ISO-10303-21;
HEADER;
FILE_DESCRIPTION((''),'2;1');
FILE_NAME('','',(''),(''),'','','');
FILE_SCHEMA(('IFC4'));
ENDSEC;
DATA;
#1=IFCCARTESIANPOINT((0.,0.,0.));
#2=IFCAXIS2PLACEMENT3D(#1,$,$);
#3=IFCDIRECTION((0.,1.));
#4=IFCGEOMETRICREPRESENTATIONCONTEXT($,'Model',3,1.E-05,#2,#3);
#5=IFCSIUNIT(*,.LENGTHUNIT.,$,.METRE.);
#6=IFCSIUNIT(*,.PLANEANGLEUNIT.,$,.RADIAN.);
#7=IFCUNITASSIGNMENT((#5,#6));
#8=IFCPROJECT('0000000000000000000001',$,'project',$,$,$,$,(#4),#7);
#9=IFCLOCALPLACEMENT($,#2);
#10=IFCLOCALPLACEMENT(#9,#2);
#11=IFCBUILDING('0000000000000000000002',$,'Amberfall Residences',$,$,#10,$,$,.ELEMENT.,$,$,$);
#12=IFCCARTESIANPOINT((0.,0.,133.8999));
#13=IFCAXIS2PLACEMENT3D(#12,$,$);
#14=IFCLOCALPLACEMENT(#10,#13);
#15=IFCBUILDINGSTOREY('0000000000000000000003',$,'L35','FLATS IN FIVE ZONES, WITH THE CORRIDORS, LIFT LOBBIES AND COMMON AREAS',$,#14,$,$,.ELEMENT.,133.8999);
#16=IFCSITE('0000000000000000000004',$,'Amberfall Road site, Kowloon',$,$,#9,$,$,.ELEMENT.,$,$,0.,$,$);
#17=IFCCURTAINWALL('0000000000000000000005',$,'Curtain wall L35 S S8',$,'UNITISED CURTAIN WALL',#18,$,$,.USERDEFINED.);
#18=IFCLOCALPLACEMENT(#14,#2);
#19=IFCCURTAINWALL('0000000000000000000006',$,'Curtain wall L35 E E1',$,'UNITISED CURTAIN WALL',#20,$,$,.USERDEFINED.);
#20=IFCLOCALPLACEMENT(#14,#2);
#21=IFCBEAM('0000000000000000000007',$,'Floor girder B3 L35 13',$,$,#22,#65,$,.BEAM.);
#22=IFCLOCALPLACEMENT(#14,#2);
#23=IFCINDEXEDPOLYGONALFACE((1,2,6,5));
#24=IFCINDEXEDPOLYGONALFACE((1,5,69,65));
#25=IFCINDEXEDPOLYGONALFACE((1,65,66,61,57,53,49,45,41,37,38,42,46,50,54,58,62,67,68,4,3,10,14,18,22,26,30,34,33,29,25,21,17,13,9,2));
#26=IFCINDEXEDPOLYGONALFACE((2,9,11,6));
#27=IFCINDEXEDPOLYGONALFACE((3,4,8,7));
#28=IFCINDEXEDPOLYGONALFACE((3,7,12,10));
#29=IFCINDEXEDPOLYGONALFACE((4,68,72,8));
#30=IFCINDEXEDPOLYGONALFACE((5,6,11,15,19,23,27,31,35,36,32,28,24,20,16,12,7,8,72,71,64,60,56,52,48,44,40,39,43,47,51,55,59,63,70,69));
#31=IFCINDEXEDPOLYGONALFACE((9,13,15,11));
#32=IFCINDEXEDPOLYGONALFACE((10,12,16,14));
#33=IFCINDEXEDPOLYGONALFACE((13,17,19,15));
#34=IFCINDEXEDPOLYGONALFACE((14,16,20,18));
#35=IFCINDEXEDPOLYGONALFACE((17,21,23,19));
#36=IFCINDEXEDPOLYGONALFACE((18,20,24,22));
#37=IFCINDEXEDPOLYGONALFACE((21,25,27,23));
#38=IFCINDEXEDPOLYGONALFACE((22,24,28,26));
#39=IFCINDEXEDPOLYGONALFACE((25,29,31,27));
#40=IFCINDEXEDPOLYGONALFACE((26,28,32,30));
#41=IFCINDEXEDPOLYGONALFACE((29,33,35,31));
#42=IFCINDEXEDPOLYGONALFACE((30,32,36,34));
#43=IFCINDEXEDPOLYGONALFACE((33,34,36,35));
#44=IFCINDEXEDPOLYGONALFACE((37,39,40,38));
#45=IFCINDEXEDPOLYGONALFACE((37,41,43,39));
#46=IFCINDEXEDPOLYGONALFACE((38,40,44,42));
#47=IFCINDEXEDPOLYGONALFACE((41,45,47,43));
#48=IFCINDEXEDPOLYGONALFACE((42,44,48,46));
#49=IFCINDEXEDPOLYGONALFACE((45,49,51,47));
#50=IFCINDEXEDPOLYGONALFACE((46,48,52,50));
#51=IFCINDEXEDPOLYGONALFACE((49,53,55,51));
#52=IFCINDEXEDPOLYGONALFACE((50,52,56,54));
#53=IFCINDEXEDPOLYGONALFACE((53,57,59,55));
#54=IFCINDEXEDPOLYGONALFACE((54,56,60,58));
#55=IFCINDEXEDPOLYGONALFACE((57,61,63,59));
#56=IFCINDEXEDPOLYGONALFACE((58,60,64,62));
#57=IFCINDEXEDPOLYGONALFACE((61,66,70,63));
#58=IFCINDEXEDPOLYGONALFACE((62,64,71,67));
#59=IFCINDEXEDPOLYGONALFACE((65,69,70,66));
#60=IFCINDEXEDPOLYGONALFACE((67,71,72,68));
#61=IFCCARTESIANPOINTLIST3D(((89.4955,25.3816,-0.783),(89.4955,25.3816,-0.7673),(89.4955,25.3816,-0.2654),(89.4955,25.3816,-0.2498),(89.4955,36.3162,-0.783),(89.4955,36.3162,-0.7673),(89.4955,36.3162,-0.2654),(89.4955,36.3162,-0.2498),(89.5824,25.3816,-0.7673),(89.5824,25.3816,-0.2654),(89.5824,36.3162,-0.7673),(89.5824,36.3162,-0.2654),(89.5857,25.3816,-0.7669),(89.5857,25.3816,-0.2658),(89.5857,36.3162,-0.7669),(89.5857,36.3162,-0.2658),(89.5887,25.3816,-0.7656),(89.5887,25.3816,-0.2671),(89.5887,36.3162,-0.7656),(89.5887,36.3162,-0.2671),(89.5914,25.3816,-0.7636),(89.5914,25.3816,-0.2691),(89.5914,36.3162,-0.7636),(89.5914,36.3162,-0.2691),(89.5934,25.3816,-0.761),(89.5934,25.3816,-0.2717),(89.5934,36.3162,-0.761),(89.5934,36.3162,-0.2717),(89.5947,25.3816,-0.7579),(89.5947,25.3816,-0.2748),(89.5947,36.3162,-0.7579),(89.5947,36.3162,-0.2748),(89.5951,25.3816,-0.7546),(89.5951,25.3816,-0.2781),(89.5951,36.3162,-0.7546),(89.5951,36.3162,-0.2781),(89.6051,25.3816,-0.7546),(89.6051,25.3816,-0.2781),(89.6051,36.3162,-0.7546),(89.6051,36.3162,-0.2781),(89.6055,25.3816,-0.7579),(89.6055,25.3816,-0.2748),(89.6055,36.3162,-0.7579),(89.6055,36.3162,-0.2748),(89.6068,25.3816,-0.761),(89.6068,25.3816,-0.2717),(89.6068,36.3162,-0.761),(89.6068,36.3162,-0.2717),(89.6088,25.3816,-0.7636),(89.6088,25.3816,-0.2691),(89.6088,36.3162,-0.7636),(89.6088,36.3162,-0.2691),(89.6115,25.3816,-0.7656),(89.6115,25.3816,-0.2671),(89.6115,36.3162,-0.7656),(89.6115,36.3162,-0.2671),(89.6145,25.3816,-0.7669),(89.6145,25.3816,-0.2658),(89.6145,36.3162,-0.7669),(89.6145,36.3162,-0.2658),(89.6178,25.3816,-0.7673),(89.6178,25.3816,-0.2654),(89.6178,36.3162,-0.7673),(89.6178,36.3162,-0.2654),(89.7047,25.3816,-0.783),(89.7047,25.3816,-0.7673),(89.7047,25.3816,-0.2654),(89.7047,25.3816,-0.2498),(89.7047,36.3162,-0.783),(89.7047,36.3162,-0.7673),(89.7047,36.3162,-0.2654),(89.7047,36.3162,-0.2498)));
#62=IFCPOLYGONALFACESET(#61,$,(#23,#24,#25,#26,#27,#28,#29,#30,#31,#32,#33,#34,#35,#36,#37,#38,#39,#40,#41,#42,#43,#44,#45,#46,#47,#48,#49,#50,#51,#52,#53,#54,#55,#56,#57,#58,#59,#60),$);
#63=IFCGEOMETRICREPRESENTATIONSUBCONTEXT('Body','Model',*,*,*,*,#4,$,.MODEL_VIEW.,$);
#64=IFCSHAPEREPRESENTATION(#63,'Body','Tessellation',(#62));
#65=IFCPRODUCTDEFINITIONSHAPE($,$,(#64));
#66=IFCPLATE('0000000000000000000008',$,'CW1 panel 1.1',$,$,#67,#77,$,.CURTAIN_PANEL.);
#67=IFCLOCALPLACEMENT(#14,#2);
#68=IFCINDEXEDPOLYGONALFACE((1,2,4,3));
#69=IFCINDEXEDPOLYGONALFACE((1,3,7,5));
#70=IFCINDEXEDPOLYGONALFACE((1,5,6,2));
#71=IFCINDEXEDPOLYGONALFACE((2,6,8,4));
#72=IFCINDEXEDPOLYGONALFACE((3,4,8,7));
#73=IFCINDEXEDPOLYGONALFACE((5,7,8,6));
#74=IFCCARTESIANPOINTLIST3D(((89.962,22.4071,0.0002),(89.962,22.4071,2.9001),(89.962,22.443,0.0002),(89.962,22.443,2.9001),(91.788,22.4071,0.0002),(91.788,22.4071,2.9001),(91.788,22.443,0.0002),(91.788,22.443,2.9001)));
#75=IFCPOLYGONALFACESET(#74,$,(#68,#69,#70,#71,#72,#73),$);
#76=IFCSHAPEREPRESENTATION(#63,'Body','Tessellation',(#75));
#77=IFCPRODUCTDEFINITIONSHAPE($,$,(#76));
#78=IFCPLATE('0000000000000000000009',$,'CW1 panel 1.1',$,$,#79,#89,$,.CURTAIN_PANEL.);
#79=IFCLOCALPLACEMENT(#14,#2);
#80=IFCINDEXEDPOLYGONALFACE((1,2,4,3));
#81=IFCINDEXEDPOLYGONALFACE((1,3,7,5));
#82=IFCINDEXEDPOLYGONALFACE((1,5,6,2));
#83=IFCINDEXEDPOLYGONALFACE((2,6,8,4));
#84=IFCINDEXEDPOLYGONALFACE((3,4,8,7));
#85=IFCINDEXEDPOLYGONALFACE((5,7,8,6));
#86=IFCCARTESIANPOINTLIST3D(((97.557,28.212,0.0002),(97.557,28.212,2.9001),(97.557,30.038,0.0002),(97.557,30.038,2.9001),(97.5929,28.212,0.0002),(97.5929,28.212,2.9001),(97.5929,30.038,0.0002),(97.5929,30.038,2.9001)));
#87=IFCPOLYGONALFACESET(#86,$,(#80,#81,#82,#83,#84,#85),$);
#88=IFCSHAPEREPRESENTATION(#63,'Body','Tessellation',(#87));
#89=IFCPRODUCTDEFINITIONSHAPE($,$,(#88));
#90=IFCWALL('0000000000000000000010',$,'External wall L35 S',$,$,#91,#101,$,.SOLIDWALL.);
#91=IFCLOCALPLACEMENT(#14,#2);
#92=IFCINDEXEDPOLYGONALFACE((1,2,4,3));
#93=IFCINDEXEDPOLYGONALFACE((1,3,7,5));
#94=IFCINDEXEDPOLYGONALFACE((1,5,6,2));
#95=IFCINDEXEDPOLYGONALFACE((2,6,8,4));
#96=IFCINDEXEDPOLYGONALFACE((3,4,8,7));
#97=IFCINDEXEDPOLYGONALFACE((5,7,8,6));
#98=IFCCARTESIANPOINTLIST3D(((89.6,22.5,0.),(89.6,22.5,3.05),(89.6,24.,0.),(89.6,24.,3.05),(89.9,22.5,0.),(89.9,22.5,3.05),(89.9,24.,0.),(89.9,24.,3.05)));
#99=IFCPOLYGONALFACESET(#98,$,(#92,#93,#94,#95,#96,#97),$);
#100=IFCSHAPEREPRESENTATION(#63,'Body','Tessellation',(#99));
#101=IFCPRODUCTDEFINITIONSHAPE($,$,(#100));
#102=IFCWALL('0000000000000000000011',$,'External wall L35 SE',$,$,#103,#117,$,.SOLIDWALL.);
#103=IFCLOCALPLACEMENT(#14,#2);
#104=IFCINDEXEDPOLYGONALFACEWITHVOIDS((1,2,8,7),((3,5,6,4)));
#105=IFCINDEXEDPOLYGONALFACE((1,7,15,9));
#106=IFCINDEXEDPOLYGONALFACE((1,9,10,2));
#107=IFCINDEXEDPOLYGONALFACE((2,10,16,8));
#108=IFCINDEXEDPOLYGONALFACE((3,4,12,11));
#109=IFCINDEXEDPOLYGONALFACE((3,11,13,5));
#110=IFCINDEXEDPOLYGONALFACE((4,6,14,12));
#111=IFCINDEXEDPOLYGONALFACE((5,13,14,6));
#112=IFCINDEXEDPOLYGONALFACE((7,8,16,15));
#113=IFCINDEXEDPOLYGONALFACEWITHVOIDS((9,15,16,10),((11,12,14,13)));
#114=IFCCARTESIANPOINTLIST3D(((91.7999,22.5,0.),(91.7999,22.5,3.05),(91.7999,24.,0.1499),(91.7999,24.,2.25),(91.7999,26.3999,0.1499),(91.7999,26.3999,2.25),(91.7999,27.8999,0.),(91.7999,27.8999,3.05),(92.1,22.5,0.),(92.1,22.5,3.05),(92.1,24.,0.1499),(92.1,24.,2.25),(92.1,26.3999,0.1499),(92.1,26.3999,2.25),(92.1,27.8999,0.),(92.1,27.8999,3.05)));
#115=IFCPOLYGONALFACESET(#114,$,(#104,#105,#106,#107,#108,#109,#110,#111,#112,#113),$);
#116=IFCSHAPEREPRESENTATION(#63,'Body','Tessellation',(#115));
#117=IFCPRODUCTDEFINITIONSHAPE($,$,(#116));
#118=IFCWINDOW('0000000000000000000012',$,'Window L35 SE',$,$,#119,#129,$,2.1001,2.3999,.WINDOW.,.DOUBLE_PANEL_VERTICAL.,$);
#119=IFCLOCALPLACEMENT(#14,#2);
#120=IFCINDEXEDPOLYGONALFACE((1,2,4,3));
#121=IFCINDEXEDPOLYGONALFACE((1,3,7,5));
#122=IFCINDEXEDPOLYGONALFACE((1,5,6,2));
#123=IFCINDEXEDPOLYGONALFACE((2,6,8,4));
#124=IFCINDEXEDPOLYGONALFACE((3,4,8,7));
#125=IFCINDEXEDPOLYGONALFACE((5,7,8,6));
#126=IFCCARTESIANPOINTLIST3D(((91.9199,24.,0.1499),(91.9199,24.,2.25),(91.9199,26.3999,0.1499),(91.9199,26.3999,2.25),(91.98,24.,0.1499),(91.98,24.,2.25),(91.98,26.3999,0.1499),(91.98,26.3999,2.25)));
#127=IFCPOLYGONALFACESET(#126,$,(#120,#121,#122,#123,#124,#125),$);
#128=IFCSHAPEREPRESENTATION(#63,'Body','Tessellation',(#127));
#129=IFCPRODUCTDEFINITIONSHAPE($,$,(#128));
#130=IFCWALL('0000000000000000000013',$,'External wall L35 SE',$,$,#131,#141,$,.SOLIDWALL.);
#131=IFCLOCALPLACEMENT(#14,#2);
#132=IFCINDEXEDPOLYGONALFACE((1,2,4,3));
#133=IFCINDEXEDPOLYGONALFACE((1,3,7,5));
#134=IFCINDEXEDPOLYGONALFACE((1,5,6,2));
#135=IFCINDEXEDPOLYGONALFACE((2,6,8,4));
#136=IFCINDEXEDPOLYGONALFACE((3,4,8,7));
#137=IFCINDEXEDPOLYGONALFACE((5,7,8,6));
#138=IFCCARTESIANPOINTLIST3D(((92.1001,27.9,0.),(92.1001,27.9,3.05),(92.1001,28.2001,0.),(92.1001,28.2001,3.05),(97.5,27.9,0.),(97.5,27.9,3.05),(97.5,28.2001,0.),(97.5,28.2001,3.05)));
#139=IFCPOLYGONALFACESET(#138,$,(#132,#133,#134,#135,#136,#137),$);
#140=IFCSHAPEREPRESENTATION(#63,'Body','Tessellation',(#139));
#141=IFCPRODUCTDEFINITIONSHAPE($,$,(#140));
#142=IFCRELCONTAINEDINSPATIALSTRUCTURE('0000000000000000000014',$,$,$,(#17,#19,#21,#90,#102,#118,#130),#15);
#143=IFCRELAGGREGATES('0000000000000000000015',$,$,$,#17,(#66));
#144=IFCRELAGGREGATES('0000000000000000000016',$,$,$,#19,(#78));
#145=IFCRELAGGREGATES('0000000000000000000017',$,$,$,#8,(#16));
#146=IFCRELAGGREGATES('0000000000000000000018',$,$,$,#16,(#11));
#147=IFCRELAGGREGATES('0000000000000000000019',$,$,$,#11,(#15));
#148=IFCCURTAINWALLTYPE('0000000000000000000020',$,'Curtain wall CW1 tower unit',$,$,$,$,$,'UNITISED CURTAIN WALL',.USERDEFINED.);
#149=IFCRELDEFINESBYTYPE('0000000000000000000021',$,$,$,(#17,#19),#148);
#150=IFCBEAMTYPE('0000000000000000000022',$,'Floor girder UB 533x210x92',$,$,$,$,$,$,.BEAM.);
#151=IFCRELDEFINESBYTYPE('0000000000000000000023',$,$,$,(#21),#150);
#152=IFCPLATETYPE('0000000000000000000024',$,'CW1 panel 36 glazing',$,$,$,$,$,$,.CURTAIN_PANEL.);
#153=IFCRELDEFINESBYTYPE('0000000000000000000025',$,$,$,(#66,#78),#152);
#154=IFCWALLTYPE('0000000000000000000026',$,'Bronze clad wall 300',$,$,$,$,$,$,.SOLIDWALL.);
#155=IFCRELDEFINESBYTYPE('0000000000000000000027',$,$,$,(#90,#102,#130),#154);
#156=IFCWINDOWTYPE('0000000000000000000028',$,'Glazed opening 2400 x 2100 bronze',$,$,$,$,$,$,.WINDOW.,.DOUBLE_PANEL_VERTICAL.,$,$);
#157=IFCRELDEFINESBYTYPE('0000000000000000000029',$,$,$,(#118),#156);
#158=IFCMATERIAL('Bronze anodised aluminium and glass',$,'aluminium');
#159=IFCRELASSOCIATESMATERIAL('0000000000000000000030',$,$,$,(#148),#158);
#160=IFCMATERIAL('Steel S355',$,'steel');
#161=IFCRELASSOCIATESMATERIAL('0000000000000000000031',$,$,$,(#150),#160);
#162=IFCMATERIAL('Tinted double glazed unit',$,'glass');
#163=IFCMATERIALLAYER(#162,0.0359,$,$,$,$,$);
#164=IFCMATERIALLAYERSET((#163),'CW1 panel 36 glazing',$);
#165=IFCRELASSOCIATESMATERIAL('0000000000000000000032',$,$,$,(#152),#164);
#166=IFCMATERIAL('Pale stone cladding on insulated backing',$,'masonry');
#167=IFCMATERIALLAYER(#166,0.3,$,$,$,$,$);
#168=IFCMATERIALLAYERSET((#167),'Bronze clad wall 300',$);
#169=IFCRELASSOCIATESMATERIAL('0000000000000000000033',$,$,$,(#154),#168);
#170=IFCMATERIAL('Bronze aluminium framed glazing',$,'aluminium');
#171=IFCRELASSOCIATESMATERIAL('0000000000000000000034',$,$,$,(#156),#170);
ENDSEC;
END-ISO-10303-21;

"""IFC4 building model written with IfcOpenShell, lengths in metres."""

from ifc_helpers import new_model, si_unit, direction, frame, frame_2d, origin, origin_2d, place, context, subcontext, project, spatial, rectangle, i_section, extrude, material, layer, layer_set, material_profile, profile_set, type_object, element, fill, aggregate, save


model = new_model("IFC4")

# Units and contexts
model_context = context("Model", 3, precision=1e-05, world=origin(), true_north=direction((0.0, 1.0)))
body_context = subcontext(model_context, "Body", "Model", "MODEL_VIEW")
ifc_project = project(units=[si_unit("LENGTHUNIT", "METRE"), si_unit("PLANEANGLEUNIT", "RADIAN")], contexts=[model_context])

# Site, building, storey
site_placement = place(None, origin())
site = spatial("IfcSite", under=ifc_project, at=site_placement, Name="Amberfall Road site, Kowloon", CompositionType="ELEMENT", RefElevation=0.0)
building_placement = place(site_placement, origin())
building = spatial("IfcBuilding", under=site, at=building_placement, Name="Amberfall Residences", CompositionType="ELEMENT")
storey_placement = place(building_placement, frame((0.0, 0.0, 133.8999)))
storey = spatial("IfcBuildingStorey", under=building, at=storey_placement, Name="L35", Description="FLATS IN FIVE ZONES, WITH THE CORRIDORS, LIFT LOBBIES AND COMMON AREAS", CompositionType="ELEMENT", Elevation=133.8999)

# Shared definitions
ifc_material_1 = material(Name="Steel S355", Category="steel")

# Curtain walls
ifc_material_2 = material(Name="Bronze anodised aluminium and glass", Category="aluminium")
curtain_wall_type = type_object("IfcCurtainWallType", Name="Curtain wall CW1 tower unit", ElementType="UNITISED CURTAIN WALL", PredefinedType="USERDEFINED", material=ifc_material_2)
curtain_wall_1_placement = place(storey_placement, origin())
curtain_wall_1 = element("IfcCurtainWall", 1, at=curtain_wall_1_placement, inside=storey, type_object=curtain_wall_type, Name="Curtain wall L35 S S8", ObjectType="UNITISED CURTAIN WALL", PredefinedType="USERDEFINED")
curtain_wall_2_placement = place(storey_placement, origin())
curtain_wall_2 = element("IfcCurtainWall", 2, at=curtain_wall_2_placement, inside=storey, type_object=curtain_wall_type, Name="Curtain wall L35 E E1", ObjectType="UNITISED CURTAIN WALL", PredefinedType="USERDEFINED")

# Beam
ifc_material_profile_1 = material_profile(ifc_material_1, i_section(OverallWidth=0.2092, OverallDepth=0.5332, WebThickness=0.01, FlangeThickness=0.0156, FilletRadius=0.0127, at=origin_2d()), Name="UB 533x210x92")
ifc_profile_set_1 = profile_set([ifc_material_profile_1], Name="Steel S355")
beam_type_1 = type_object("IfcBeamType", Name="Floor girder UB 533x210x92", PredefinedType="BEAM", material=ifc_profile_set_1)
beam_1_placement = place(storey_placement, frame((89.6001, 25.3816, -0.5164), z_axis=(0.0, 1.0, 0.0), x_axis=(-1.0, 0.0, 0.0)))
element("IfcBeam", 3, at=beam_1_placement, inside=storey, type_object=beam_type_1, Name="Floor girder B3 L35 13", PredefinedType="BEAM", context=body_context, shape_type="SweptSolid", body=[
    extrude(i_section(OverallWidth=0.2092, OverallDepth=0.5332, WebThickness=0.01, FlangeThickness=0.0156, FilletRadius=0.0127, at=origin_2d()), origin(), (0.0, 0.0, 1.0), 10.9346),
])

# Plates
ifc_material_3 = material(Name="Tinted double glazed unit", Category="glass")
ifc_layer_1 = layer(ifc_material_3, 0.0359)
ifc_layer_set_1 = layer_set([ifc_layer_1], Name="CW1 panel 36 glazing")
plate_type = type_object("IfcPlateType", Name="CW1 panel 36 glazing", PredefinedType="CURTAIN_PANEL", material=ifc_layer_set_1)
plate_1_placement = place(storey_placement, frame((90.875, 22.425, 0.0002), z_axis=(0.0, 0.0, 1.0), x_axis=(1.0, 0.0, 0.0)))
plate_1 = element("IfcPlate", 4, at=plate_1_placement, type_object=plate_type, Name="CW1 panel 1.1", PredefinedType="CURTAIN_PANEL", context=body_context, shape_type="SweptSolid", body=[
    extrude(rectangle(XDim=1.8259, YDim=0.0359, at=origin_2d()), origin(), (0.0, 0.0, 1.0), 2.8999),
])
aggregate(curtain_wall_1, [plate_1])
plate_2_placement = place(storey_placement, frame((97.575, 29.125, 0.0002), z_axis=(0.0, 0.0, 1.0), x_axis=(0.0, 1.0, 0.0)))
plate_2 = element("IfcPlate", 5, at=plate_2_placement, type_object=plate_type, Name="CW1 panel 1.1", PredefinedType="CURTAIN_PANEL", context=body_context, shape_type="SweptSolid", body=[
    extrude(rectangle(XDim=1.8259, YDim=0.0359, at=origin_2d()), origin(), (0.0, 0.0, 1.0), 2.8999),
])
aggregate(curtain_wall_2, [plate_2])

# Wall
ifc_material_4 = material(Name="Pale stone cladding on insulated backing", Category="masonry")
ifc_layer_2 = layer(ifc_material_4, 0.3)
ifc_layer_set_2 = layer_set([ifc_layer_2], Name="Bronze clad wall 300")
wall_type_1 = type_object("IfcWallType", Name="Bronze clad wall 300", PredefinedType="SOLIDWALL", material=ifc_layer_set_2)
wall_1_placement = place(storey_placement, frame((89.75, 24.0, 0.0), z_axis=(0.0, 0.0, 1.0), x_axis=(0.0, -1.0, 0.0)))
element("IfcWall", 6, at=wall_1_placement, inside=storey, type_object=wall_type_1, Name="External wall L35 S", PredefinedType="SOLIDWALL", context=body_context, shape_type="SweptSolid", body=[
    extrude(rectangle(XDim=1.5, YDim=0.3, at=frame_2d((0.75, 0.0))), origin(), (0.0, 0.0, 1.0), 3.05),
])

# Wall, opening, window
wall_2_placement = place(storey_placement, frame((91.95, 22.5, 0.0), z_axis=(0.0, 0.0, 1.0), x_axis=(0.0, 1.0, 0.0)))
wall_2 = element("IfcWall", 7, at=wall_2_placement, inside=storey, type_object=wall_type_1, Name="External wall L35 SE", PredefinedType="SOLIDWALL", context=body_context, shape_type="SweptSolid", body=[
    extrude(rectangle(XDim=5.3999, YDim=0.3, at=frame_2d((2.7, 0.0))), origin(), (0.0, 0.0, 1.0), 3.05),
])
opening_1_placement = place(wall_2_placement, frame((1.5, 0.0, 0.1499)))
opening_1 = element("IfcOpeningElement", 8, at=opening_1_placement, cuts=wall_2, PredefinedType="OPENING", context=body_context, shape_type="SweptSolid", body=[
    extrude(rectangle(XDim=2.3999, YDim=2.1001, at=frame_2d((1.2, 1.05))), frame((0.0, 0.1599, 0.0), z_axis=(0.0, -1.0, 0.0), x_axis=(1.0, 0.0, 0.0)), (0.0, 0.0, 1.0), 0.3201),
])
ifc_material_5 = material(Name="Bronze aluminium framed glazing", Category="aluminium")
window_type_1 = type_object("IfcWindowType", Name="Glazed opening 2400 x 2100 bronze", PartitioningType="DOUBLE_PANEL_VERTICAL", PredefinedType="WINDOW", material=ifc_material_5)
window_1_placement = place(opening_1_placement, origin())
window_1 = element("IfcWindow", 9, at=window_1_placement, inside=storey, type_object=window_type_1, Name="Window L35 SE", OverallHeight=2.1001, OverallWidth=2.3999, PartitioningType="DOUBLE_PANEL_VERTICAL", PredefinedType="WINDOW", context=body_context, shape_type="SweptSolid", body=[
    extrude(rectangle(XDim=2.3999, YDim=2.1001, at=frame_2d((1.2, 1.05))), frame((0.0, 0.03, 0.0), z_axis=(0.0, -1.0, 0.0), x_axis=(1.0, 0.0, 0.0)), (0.0, 0.0, 1.0), 0.0601),
])
fill(opening_1, window_1)

# Wall
wall_3_placement = place(storey_placement, frame((92.1001, 28.05, 0.0), z_axis=(0.0, 0.0, 1.0), x_axis=(1.0, 0.0, 0.0)))
element("IfcWall", 10, at=wall_3_placement, inside=storey, type_object=wall_type_1, Name="External wall L35 SE", PredefinedType="SOLIDWALL", context=body_context, shape_type="SweptSolid", body=[
    extrude(rectangle(XDim=5.3999, YDim=0.3, at=frame_2d((2.7, 0.0))), origin(), (0.0, 0.0, 1.0), 3.05),
])

save(model, "model.ifc")
